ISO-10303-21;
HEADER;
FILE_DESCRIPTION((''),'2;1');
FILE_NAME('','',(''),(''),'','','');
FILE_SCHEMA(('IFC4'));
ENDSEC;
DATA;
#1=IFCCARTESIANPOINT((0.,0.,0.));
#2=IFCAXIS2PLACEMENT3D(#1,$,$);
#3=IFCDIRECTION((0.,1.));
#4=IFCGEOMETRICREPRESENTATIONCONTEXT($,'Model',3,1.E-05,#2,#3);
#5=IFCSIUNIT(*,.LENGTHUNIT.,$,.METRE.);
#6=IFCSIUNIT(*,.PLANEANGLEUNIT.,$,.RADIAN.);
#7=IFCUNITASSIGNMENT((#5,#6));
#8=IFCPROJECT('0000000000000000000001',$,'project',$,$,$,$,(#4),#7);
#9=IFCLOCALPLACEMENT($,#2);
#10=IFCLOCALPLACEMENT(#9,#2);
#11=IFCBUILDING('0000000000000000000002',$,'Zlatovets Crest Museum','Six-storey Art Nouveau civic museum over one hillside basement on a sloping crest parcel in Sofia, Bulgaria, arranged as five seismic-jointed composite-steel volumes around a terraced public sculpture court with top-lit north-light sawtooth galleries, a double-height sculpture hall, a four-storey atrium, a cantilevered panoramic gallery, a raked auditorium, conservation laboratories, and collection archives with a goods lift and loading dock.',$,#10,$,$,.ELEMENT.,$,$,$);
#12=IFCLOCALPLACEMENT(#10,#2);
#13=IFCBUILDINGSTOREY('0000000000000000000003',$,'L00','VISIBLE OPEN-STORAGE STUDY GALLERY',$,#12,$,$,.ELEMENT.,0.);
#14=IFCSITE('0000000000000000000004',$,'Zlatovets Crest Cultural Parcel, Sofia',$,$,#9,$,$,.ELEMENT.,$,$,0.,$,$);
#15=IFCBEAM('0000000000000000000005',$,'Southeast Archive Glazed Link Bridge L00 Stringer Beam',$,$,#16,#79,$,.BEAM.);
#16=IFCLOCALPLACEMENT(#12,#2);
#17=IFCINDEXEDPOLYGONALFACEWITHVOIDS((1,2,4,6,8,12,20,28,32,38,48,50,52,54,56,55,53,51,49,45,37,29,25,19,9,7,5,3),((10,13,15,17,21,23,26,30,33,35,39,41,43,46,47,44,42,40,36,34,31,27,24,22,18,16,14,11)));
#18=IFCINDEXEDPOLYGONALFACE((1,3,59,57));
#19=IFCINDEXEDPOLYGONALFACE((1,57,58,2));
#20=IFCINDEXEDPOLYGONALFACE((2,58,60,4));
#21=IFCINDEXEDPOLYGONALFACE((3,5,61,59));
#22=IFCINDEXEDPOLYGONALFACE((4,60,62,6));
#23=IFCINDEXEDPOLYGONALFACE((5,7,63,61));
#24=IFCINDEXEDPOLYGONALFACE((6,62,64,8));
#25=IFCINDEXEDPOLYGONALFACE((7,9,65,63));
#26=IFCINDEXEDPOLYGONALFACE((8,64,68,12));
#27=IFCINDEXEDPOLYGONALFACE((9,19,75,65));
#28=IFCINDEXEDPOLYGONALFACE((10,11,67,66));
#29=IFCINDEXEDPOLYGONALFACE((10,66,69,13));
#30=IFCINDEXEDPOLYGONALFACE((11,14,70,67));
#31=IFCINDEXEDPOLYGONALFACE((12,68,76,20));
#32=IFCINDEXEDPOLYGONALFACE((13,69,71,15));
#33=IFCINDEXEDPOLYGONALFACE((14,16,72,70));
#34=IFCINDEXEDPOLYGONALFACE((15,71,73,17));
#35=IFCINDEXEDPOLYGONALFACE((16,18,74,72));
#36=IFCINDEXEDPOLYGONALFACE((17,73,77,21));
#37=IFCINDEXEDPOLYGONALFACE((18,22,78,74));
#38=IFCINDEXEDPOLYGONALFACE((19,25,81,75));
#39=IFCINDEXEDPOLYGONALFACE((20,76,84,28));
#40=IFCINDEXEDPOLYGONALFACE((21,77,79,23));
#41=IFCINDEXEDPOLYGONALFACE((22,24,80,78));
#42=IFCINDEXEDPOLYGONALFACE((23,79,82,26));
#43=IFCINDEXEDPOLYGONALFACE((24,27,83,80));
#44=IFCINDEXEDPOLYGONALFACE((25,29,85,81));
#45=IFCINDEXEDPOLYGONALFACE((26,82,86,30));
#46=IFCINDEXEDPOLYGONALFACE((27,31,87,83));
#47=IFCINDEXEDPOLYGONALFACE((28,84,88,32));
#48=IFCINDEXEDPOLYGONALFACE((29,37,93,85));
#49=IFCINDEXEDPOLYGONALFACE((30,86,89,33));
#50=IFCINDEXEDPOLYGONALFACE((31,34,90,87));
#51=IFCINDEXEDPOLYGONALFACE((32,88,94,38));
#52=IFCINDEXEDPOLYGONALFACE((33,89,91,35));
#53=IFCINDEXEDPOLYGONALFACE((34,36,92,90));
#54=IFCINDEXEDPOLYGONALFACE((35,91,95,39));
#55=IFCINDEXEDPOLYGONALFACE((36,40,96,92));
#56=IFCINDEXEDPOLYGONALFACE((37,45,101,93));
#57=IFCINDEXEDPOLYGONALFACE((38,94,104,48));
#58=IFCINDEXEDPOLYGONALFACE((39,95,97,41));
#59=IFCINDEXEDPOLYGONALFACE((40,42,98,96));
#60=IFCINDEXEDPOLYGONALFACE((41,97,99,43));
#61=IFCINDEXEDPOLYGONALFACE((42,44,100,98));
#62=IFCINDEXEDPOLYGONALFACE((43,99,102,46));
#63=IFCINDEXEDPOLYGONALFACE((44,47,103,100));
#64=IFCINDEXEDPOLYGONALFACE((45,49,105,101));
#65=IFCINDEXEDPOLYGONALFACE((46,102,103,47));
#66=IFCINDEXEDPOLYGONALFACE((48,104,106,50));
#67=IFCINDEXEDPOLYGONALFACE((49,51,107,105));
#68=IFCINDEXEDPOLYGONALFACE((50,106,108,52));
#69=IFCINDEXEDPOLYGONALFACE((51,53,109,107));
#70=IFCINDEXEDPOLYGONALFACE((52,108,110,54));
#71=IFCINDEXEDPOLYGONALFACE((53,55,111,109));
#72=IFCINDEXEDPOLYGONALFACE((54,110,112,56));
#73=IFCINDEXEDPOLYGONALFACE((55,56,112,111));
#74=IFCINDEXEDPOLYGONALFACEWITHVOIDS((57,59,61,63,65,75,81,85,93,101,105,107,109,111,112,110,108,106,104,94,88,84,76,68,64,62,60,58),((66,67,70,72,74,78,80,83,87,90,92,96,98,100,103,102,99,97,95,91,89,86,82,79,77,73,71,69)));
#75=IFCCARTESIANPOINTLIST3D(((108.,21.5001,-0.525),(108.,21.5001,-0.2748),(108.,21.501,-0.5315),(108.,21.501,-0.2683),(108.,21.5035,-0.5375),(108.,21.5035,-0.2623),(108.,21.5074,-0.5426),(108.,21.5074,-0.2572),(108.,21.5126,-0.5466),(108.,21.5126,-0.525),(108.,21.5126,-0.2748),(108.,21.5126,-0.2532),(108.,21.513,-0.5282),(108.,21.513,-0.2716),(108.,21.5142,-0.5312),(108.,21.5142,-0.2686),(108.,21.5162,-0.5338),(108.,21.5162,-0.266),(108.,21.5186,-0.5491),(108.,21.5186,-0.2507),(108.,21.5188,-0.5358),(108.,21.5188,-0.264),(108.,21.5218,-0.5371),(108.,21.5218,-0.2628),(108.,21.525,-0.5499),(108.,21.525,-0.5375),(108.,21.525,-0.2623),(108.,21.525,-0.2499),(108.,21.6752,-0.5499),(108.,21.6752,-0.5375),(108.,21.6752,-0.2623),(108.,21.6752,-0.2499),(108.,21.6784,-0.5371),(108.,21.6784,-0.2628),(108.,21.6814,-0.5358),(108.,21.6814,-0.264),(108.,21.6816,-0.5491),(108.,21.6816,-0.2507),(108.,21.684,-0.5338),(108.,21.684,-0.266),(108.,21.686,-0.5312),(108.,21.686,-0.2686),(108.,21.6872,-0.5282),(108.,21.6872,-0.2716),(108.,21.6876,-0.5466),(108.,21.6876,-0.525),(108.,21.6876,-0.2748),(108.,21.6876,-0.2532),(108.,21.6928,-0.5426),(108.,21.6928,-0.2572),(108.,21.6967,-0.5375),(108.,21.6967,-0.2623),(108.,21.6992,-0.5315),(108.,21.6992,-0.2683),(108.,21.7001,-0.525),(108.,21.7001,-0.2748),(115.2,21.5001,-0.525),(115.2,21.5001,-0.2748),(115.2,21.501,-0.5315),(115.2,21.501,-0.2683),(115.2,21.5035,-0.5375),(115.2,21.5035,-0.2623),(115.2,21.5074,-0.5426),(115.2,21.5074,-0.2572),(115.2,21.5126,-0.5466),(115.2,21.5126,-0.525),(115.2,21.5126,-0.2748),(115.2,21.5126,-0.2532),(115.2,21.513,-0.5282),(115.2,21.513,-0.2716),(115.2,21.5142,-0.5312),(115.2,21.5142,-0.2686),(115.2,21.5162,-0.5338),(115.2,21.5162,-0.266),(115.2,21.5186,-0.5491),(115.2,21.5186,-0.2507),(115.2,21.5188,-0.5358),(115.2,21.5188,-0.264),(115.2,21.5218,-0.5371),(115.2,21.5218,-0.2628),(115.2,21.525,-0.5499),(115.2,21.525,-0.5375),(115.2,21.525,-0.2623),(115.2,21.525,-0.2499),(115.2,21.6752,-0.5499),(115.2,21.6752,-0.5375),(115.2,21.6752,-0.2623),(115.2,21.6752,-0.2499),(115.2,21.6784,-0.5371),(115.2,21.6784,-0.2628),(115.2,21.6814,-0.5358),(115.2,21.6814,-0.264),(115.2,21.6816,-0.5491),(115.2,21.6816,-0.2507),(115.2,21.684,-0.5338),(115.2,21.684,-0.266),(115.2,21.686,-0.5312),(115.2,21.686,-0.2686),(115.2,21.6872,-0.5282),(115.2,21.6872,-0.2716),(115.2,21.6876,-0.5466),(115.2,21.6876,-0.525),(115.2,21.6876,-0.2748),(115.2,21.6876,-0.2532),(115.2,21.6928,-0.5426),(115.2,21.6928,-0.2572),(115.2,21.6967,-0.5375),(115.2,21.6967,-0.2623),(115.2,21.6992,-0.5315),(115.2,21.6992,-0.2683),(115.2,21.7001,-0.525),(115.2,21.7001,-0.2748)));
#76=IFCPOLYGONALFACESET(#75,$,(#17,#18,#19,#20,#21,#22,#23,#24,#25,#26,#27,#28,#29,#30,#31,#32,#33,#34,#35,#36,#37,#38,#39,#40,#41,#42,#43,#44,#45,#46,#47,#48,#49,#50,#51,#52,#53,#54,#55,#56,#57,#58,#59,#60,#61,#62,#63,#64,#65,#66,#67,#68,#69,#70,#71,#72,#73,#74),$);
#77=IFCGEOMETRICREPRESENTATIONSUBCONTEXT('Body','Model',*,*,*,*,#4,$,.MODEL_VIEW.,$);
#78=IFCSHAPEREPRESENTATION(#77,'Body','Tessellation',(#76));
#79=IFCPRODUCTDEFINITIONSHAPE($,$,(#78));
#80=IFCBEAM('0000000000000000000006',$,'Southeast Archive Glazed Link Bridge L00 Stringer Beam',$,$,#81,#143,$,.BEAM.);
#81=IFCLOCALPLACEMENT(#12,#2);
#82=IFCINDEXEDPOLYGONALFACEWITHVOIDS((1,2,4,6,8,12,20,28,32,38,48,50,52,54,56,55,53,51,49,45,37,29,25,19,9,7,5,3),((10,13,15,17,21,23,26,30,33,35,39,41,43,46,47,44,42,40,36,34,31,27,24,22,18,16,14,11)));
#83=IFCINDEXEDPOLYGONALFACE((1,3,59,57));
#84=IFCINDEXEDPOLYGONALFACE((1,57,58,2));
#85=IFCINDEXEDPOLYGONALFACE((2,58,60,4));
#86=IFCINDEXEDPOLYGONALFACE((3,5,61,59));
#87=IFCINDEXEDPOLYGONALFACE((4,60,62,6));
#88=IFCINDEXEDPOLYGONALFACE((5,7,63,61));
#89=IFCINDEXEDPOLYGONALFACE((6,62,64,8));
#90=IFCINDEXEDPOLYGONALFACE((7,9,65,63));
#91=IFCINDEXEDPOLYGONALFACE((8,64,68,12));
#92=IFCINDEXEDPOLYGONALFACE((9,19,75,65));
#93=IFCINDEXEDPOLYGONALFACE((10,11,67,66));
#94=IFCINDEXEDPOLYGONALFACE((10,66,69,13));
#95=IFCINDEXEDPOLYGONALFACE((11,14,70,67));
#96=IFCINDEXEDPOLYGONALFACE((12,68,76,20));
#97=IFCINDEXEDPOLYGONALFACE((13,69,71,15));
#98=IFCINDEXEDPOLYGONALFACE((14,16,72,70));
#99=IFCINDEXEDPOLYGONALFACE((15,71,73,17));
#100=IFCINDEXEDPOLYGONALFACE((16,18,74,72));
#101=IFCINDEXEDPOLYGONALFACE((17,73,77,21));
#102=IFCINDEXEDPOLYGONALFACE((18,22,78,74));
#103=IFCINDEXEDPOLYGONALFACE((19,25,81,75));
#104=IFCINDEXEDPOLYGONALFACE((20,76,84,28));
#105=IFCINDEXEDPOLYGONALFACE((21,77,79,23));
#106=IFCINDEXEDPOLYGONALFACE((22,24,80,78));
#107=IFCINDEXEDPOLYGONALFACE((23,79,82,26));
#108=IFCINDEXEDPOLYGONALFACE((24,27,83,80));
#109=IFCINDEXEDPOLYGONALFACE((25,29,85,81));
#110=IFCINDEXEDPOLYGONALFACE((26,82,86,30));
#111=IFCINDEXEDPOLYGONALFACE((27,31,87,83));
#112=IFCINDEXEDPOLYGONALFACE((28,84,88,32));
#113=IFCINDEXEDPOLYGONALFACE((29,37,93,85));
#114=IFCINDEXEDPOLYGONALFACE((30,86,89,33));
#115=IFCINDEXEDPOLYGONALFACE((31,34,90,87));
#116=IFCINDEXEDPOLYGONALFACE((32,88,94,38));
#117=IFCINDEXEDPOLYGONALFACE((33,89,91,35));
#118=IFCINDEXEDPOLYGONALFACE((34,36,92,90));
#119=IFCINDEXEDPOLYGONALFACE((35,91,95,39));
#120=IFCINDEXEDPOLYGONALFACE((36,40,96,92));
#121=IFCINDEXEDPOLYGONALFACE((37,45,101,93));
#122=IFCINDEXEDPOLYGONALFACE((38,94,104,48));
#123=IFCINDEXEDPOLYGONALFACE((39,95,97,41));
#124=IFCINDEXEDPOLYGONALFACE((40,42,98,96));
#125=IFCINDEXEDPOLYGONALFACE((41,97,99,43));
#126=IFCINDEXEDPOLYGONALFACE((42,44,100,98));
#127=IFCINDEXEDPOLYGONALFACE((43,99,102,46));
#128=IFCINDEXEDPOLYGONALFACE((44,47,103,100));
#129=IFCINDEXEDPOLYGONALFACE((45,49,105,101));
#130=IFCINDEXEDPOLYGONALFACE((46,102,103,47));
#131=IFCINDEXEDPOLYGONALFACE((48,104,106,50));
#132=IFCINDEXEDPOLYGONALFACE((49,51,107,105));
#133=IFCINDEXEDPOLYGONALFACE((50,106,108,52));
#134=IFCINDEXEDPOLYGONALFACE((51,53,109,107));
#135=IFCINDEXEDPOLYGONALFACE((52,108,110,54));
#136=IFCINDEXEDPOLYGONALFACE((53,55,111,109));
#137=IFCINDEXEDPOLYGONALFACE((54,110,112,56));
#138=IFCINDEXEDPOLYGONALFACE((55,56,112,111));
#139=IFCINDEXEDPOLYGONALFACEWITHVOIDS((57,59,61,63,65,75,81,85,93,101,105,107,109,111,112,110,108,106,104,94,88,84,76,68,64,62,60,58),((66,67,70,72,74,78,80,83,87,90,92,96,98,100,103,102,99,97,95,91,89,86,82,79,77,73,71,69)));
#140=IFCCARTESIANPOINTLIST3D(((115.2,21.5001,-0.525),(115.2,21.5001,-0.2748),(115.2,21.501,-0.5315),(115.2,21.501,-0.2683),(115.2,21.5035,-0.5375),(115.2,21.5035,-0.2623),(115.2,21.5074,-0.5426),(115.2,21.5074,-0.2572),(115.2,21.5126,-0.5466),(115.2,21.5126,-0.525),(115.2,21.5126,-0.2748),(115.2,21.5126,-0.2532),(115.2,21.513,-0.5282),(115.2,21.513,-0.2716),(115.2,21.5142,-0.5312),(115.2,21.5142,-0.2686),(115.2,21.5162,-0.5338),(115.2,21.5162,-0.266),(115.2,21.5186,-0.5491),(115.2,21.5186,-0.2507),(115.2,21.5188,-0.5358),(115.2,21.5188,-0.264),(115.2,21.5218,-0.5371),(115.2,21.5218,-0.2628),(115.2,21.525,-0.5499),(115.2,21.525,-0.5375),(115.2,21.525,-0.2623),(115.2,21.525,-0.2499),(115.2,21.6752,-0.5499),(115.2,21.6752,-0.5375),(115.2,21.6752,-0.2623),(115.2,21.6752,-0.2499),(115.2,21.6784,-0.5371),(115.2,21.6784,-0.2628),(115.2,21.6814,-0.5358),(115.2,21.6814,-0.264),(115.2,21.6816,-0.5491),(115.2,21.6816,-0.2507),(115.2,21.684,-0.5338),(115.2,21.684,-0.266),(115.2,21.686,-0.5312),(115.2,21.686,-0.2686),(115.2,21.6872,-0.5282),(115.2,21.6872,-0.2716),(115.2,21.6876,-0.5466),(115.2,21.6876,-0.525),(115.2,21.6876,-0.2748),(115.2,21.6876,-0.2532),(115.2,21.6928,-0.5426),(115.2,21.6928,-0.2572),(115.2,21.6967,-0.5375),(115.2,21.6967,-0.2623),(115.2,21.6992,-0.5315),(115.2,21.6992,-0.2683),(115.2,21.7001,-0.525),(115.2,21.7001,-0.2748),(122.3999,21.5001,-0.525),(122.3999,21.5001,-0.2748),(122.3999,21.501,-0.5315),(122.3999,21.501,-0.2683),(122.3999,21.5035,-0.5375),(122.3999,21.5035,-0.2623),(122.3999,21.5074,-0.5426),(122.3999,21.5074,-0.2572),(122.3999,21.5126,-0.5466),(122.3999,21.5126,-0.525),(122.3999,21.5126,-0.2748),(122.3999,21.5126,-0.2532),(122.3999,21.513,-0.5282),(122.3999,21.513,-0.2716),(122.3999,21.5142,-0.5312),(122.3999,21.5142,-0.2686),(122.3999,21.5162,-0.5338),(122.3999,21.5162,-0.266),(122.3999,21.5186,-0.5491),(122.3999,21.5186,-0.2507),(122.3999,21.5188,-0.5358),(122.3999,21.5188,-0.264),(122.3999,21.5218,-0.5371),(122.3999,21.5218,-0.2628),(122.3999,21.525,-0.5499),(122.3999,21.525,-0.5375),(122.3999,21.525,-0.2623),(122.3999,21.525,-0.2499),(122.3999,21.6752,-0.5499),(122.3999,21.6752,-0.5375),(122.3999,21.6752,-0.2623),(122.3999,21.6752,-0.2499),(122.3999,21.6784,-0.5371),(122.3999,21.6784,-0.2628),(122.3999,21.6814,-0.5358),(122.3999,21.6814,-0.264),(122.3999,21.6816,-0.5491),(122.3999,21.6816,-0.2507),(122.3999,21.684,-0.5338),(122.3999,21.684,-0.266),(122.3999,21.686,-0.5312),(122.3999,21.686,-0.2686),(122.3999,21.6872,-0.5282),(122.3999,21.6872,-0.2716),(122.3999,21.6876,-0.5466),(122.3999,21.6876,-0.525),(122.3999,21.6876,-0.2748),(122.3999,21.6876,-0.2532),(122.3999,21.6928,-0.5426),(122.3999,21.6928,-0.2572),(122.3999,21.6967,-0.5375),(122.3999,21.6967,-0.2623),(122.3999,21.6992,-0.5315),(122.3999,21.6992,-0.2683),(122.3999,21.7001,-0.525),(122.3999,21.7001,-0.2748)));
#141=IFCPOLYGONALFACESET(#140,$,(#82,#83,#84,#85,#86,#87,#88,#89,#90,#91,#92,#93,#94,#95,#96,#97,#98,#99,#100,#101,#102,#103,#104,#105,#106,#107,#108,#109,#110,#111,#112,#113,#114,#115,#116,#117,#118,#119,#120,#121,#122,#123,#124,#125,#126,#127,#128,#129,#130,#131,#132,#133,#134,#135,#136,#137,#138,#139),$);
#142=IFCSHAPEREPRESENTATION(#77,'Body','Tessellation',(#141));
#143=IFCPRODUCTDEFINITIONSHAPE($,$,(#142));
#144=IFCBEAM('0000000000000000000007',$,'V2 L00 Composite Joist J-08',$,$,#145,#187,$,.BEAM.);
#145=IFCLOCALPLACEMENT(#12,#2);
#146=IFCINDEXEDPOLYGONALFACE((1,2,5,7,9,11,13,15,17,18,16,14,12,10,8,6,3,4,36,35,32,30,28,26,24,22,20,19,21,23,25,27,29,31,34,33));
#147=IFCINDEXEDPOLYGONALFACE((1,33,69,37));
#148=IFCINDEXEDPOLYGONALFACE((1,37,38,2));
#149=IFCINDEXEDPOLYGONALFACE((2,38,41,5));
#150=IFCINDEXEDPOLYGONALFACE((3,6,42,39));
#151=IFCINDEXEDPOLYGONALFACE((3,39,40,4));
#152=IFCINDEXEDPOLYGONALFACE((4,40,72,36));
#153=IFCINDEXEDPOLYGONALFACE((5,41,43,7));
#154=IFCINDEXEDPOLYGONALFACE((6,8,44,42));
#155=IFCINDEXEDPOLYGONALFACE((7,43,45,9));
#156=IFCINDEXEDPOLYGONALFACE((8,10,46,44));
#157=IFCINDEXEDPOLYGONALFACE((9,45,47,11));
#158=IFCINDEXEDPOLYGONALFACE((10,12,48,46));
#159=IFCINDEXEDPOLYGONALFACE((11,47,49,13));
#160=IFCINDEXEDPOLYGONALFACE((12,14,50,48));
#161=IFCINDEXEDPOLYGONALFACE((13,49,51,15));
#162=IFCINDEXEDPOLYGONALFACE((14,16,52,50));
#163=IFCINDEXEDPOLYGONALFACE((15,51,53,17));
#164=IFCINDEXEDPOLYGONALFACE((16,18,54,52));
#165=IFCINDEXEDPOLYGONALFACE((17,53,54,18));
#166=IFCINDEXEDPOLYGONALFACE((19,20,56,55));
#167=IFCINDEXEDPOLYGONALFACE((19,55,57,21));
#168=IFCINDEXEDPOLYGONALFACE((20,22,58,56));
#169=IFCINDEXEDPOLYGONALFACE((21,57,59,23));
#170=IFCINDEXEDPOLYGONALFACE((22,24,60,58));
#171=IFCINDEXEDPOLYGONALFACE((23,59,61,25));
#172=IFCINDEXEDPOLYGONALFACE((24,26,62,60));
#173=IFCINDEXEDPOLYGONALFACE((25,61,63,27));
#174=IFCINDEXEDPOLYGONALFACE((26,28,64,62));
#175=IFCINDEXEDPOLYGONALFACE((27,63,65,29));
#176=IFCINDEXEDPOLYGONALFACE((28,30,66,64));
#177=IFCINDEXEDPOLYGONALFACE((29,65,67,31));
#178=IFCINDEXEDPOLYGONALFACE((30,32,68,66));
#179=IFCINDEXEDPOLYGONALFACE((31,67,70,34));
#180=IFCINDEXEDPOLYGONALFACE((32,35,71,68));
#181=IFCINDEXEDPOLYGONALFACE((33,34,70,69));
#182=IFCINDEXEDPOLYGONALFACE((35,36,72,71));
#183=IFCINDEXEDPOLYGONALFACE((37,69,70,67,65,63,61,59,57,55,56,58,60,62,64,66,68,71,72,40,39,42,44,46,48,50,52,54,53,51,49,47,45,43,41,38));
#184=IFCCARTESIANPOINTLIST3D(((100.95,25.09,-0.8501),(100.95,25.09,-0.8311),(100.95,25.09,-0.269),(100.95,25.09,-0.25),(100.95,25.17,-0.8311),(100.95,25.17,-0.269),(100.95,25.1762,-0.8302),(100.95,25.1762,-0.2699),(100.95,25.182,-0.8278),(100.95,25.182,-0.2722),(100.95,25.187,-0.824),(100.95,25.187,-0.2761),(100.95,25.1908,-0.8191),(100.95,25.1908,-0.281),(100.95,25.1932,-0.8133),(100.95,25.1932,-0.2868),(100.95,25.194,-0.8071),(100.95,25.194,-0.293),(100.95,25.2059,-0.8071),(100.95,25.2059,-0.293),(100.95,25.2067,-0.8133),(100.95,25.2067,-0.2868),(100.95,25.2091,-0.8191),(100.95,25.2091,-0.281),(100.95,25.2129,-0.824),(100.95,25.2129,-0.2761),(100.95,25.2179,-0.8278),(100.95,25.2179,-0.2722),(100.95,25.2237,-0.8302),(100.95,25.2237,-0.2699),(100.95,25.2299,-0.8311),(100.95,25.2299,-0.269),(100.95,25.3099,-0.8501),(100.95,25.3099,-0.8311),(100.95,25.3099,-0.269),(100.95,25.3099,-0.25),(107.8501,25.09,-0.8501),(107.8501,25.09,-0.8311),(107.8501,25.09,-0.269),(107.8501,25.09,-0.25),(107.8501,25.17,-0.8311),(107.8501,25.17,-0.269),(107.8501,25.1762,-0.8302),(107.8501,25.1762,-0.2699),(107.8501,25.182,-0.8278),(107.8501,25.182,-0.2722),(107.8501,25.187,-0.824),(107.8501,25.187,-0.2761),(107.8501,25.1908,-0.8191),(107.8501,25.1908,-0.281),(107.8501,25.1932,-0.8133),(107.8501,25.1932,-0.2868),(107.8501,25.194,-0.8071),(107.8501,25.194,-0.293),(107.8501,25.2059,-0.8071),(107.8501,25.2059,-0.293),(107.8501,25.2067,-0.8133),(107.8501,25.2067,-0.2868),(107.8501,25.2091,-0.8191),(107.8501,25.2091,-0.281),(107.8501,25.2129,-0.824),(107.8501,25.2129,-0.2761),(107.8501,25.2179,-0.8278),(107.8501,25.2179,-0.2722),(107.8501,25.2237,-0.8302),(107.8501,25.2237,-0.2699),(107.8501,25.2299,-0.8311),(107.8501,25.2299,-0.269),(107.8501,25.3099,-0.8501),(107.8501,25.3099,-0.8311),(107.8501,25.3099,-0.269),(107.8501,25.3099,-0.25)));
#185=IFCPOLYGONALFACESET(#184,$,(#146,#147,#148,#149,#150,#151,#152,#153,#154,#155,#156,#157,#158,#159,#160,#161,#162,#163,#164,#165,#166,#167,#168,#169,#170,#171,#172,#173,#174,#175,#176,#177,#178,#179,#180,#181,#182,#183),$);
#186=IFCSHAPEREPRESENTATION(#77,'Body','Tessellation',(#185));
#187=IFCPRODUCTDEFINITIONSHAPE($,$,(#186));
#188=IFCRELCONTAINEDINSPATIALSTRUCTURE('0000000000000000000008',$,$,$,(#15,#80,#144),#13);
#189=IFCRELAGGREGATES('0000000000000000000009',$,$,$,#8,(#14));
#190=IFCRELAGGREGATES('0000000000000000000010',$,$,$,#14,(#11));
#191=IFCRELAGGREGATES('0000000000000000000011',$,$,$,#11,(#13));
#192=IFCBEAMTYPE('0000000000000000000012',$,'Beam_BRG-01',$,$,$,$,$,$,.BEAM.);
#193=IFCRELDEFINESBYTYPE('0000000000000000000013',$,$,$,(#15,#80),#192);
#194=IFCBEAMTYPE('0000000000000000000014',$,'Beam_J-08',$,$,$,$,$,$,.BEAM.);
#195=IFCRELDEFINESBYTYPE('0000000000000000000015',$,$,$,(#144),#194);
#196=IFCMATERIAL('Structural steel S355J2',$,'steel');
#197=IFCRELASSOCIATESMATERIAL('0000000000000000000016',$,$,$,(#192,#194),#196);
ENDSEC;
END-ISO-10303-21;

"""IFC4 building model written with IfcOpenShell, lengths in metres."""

from ifc_helpers import new_model, si_unit, direction, frame, origin, origin_2d, place, context, subcontext, project, spatial, hollow_rectangle, i_section, extrude, material, material_profile, profile_set, type_object, element, save


model = new_model("IFC4")

# Units and contexts
model_context = context("Model", 3, precision=1e-05, world=origin(), true_north=direction((0.0, 1.0)))
body_context = subcontext(model_context, "Body", "Model", "MODEL_VIEW")
ifc_project = project(units=[si_unit("LENGTHUNIT", "METRE"), si_unit("PLANEANGLEUNIT", "RADIAN")], contexts=[model_context])

# Site, building, storey
site_placement = place(None, origin())
site = spatial("IfcSite", under=ifc_project, at=site_placement, Name="Zlatovets Crest Cultural Parcel, Sofia", CompositionType="ELEMENT", RefElevation=0.0)
building_placement = place(site_placement, origin())
building = spatial("IfcBuilding", under=site, at=building_placement, Name="Zlatovets Crest Museum", Description="Six-storey Art Nouveau civic museum over one hillside basement on a sloping crest parcel in Sofia, Bulgaria, arranged as five seismic-jointed composite-steel volumes around a terraced public sculpture court with top-lit north-light sawtooth galleries, a double-height sculpture hall, a four-storey atrium, a cantilevered panoramic gallery, a raked auditorium, conservation laboratories, and collection archives with a goods lift and loading dock.", CompositionType="ELEMENT")
storey_placement = place(building_placement, origin())
storey = spatial("IfcBuildingStorey", under=building, at=storey_placement, Name="L00", Description="VISIBLE OPEN-STORAGE STUDY GALLERY", CompositionType="ELEMENT", Elevation=0.0)

# Shared definitions
ifc_material_1 = material(Name="Structural steel S355J2", Category="steel")

# Beams
ifc_material_profile_1 = material_profile(ifc_material_1, hollow_rectangle(XDim=0.2, YDim=0.3, WallThickness=0.0125, InnerFilletRadius=0.0125, OuterFilletRadius=0.0249, at=origin_2d()), Name="RHS 200x300x12.5")
ifc_profile_set_1 = profile_set([ifc_material_profile_1], Name="Structural steel S355J2")
beam_type_1 = type_object("IfcBeamType", Name="Beam_BRG-01", PredefinedType="BEAM", material=ifc_profile_set_1)
for number, where, z_axis, x_axis, name in (
    (1, (108.0, 21.6001, -0.3999), (1.0, 0.0, 0.0), (0.0, 1.0, 0.0), "Southeast Archive Glazed Link Bridge L00 Stringer Beam"),
    (2, (115.2, 21.6001, -0.3999), (1.0, 0.0, 0.0), (0.0, 1.0, 0.0), "Southeast Archive Glazed Link Bridge L00 Stringer Beam"),
):
    element("IfcBeam", number, at=place(storey_placement, frame(where, z_axis=z_axis, x_axis=x_axis)), inside=storey, type_object=beam_type_1, Name=name, PredefinedType="BEAM", context=body_context, shape_type="SweptSolid", body=[
        extrude(hollow_rectangle(XDim=0.2, YDim=0.3, WallThickness=0.0125, InnerFilletRadius=0.0125, OuterFilletRadius=0.0249, at=origin_2d()), origin(), (0.0, 0.0, 1.0), 7.2),
    ])
ifc_material_profile_2 = material_profile(ifc_material_1, i_section(OverallWidth=0.22, OverallDepth=0.6001, WebThickness=0.012, FlangeThickness=0.019, FilletRadius=0.0239, at=origin_2d()), Name="IPE 600")
ifc_profile_set_2 = profile_set([ifc_material_profile_2], Name="Structural steel S355J2")
beam_type_2 = type_object("IfcBeamType", Name="Beam_J-08", PredefinedType="BEAM", material=ifc_profile_set_2)
beam_1_placement = place(storey_placement, frame((100.95, 25.2, -0.55), z_axis=(1.0, 0.0, 0.0), x_axis=(0.0, 1.0, 0.0)))
element("IfcBeam", 3, at=beam_1_placement, inside=storey, type_object=beam_type_2, Name="V2 L00 Composite Joist J-08", PredefinedType="BEAM", context=body_context, shape_type="SweptSolid", body=[
    extrude(i_section(OverallWidth=0.22, OverallDepth=0.6001, WebThickness=0.012, FlangeThickness=0.019, FilletRadius=0.0239, at=origin_2d()), origin(), (0.0, 0.0, 1.0), 6.9001),
])

save(model, "model.ifc")
